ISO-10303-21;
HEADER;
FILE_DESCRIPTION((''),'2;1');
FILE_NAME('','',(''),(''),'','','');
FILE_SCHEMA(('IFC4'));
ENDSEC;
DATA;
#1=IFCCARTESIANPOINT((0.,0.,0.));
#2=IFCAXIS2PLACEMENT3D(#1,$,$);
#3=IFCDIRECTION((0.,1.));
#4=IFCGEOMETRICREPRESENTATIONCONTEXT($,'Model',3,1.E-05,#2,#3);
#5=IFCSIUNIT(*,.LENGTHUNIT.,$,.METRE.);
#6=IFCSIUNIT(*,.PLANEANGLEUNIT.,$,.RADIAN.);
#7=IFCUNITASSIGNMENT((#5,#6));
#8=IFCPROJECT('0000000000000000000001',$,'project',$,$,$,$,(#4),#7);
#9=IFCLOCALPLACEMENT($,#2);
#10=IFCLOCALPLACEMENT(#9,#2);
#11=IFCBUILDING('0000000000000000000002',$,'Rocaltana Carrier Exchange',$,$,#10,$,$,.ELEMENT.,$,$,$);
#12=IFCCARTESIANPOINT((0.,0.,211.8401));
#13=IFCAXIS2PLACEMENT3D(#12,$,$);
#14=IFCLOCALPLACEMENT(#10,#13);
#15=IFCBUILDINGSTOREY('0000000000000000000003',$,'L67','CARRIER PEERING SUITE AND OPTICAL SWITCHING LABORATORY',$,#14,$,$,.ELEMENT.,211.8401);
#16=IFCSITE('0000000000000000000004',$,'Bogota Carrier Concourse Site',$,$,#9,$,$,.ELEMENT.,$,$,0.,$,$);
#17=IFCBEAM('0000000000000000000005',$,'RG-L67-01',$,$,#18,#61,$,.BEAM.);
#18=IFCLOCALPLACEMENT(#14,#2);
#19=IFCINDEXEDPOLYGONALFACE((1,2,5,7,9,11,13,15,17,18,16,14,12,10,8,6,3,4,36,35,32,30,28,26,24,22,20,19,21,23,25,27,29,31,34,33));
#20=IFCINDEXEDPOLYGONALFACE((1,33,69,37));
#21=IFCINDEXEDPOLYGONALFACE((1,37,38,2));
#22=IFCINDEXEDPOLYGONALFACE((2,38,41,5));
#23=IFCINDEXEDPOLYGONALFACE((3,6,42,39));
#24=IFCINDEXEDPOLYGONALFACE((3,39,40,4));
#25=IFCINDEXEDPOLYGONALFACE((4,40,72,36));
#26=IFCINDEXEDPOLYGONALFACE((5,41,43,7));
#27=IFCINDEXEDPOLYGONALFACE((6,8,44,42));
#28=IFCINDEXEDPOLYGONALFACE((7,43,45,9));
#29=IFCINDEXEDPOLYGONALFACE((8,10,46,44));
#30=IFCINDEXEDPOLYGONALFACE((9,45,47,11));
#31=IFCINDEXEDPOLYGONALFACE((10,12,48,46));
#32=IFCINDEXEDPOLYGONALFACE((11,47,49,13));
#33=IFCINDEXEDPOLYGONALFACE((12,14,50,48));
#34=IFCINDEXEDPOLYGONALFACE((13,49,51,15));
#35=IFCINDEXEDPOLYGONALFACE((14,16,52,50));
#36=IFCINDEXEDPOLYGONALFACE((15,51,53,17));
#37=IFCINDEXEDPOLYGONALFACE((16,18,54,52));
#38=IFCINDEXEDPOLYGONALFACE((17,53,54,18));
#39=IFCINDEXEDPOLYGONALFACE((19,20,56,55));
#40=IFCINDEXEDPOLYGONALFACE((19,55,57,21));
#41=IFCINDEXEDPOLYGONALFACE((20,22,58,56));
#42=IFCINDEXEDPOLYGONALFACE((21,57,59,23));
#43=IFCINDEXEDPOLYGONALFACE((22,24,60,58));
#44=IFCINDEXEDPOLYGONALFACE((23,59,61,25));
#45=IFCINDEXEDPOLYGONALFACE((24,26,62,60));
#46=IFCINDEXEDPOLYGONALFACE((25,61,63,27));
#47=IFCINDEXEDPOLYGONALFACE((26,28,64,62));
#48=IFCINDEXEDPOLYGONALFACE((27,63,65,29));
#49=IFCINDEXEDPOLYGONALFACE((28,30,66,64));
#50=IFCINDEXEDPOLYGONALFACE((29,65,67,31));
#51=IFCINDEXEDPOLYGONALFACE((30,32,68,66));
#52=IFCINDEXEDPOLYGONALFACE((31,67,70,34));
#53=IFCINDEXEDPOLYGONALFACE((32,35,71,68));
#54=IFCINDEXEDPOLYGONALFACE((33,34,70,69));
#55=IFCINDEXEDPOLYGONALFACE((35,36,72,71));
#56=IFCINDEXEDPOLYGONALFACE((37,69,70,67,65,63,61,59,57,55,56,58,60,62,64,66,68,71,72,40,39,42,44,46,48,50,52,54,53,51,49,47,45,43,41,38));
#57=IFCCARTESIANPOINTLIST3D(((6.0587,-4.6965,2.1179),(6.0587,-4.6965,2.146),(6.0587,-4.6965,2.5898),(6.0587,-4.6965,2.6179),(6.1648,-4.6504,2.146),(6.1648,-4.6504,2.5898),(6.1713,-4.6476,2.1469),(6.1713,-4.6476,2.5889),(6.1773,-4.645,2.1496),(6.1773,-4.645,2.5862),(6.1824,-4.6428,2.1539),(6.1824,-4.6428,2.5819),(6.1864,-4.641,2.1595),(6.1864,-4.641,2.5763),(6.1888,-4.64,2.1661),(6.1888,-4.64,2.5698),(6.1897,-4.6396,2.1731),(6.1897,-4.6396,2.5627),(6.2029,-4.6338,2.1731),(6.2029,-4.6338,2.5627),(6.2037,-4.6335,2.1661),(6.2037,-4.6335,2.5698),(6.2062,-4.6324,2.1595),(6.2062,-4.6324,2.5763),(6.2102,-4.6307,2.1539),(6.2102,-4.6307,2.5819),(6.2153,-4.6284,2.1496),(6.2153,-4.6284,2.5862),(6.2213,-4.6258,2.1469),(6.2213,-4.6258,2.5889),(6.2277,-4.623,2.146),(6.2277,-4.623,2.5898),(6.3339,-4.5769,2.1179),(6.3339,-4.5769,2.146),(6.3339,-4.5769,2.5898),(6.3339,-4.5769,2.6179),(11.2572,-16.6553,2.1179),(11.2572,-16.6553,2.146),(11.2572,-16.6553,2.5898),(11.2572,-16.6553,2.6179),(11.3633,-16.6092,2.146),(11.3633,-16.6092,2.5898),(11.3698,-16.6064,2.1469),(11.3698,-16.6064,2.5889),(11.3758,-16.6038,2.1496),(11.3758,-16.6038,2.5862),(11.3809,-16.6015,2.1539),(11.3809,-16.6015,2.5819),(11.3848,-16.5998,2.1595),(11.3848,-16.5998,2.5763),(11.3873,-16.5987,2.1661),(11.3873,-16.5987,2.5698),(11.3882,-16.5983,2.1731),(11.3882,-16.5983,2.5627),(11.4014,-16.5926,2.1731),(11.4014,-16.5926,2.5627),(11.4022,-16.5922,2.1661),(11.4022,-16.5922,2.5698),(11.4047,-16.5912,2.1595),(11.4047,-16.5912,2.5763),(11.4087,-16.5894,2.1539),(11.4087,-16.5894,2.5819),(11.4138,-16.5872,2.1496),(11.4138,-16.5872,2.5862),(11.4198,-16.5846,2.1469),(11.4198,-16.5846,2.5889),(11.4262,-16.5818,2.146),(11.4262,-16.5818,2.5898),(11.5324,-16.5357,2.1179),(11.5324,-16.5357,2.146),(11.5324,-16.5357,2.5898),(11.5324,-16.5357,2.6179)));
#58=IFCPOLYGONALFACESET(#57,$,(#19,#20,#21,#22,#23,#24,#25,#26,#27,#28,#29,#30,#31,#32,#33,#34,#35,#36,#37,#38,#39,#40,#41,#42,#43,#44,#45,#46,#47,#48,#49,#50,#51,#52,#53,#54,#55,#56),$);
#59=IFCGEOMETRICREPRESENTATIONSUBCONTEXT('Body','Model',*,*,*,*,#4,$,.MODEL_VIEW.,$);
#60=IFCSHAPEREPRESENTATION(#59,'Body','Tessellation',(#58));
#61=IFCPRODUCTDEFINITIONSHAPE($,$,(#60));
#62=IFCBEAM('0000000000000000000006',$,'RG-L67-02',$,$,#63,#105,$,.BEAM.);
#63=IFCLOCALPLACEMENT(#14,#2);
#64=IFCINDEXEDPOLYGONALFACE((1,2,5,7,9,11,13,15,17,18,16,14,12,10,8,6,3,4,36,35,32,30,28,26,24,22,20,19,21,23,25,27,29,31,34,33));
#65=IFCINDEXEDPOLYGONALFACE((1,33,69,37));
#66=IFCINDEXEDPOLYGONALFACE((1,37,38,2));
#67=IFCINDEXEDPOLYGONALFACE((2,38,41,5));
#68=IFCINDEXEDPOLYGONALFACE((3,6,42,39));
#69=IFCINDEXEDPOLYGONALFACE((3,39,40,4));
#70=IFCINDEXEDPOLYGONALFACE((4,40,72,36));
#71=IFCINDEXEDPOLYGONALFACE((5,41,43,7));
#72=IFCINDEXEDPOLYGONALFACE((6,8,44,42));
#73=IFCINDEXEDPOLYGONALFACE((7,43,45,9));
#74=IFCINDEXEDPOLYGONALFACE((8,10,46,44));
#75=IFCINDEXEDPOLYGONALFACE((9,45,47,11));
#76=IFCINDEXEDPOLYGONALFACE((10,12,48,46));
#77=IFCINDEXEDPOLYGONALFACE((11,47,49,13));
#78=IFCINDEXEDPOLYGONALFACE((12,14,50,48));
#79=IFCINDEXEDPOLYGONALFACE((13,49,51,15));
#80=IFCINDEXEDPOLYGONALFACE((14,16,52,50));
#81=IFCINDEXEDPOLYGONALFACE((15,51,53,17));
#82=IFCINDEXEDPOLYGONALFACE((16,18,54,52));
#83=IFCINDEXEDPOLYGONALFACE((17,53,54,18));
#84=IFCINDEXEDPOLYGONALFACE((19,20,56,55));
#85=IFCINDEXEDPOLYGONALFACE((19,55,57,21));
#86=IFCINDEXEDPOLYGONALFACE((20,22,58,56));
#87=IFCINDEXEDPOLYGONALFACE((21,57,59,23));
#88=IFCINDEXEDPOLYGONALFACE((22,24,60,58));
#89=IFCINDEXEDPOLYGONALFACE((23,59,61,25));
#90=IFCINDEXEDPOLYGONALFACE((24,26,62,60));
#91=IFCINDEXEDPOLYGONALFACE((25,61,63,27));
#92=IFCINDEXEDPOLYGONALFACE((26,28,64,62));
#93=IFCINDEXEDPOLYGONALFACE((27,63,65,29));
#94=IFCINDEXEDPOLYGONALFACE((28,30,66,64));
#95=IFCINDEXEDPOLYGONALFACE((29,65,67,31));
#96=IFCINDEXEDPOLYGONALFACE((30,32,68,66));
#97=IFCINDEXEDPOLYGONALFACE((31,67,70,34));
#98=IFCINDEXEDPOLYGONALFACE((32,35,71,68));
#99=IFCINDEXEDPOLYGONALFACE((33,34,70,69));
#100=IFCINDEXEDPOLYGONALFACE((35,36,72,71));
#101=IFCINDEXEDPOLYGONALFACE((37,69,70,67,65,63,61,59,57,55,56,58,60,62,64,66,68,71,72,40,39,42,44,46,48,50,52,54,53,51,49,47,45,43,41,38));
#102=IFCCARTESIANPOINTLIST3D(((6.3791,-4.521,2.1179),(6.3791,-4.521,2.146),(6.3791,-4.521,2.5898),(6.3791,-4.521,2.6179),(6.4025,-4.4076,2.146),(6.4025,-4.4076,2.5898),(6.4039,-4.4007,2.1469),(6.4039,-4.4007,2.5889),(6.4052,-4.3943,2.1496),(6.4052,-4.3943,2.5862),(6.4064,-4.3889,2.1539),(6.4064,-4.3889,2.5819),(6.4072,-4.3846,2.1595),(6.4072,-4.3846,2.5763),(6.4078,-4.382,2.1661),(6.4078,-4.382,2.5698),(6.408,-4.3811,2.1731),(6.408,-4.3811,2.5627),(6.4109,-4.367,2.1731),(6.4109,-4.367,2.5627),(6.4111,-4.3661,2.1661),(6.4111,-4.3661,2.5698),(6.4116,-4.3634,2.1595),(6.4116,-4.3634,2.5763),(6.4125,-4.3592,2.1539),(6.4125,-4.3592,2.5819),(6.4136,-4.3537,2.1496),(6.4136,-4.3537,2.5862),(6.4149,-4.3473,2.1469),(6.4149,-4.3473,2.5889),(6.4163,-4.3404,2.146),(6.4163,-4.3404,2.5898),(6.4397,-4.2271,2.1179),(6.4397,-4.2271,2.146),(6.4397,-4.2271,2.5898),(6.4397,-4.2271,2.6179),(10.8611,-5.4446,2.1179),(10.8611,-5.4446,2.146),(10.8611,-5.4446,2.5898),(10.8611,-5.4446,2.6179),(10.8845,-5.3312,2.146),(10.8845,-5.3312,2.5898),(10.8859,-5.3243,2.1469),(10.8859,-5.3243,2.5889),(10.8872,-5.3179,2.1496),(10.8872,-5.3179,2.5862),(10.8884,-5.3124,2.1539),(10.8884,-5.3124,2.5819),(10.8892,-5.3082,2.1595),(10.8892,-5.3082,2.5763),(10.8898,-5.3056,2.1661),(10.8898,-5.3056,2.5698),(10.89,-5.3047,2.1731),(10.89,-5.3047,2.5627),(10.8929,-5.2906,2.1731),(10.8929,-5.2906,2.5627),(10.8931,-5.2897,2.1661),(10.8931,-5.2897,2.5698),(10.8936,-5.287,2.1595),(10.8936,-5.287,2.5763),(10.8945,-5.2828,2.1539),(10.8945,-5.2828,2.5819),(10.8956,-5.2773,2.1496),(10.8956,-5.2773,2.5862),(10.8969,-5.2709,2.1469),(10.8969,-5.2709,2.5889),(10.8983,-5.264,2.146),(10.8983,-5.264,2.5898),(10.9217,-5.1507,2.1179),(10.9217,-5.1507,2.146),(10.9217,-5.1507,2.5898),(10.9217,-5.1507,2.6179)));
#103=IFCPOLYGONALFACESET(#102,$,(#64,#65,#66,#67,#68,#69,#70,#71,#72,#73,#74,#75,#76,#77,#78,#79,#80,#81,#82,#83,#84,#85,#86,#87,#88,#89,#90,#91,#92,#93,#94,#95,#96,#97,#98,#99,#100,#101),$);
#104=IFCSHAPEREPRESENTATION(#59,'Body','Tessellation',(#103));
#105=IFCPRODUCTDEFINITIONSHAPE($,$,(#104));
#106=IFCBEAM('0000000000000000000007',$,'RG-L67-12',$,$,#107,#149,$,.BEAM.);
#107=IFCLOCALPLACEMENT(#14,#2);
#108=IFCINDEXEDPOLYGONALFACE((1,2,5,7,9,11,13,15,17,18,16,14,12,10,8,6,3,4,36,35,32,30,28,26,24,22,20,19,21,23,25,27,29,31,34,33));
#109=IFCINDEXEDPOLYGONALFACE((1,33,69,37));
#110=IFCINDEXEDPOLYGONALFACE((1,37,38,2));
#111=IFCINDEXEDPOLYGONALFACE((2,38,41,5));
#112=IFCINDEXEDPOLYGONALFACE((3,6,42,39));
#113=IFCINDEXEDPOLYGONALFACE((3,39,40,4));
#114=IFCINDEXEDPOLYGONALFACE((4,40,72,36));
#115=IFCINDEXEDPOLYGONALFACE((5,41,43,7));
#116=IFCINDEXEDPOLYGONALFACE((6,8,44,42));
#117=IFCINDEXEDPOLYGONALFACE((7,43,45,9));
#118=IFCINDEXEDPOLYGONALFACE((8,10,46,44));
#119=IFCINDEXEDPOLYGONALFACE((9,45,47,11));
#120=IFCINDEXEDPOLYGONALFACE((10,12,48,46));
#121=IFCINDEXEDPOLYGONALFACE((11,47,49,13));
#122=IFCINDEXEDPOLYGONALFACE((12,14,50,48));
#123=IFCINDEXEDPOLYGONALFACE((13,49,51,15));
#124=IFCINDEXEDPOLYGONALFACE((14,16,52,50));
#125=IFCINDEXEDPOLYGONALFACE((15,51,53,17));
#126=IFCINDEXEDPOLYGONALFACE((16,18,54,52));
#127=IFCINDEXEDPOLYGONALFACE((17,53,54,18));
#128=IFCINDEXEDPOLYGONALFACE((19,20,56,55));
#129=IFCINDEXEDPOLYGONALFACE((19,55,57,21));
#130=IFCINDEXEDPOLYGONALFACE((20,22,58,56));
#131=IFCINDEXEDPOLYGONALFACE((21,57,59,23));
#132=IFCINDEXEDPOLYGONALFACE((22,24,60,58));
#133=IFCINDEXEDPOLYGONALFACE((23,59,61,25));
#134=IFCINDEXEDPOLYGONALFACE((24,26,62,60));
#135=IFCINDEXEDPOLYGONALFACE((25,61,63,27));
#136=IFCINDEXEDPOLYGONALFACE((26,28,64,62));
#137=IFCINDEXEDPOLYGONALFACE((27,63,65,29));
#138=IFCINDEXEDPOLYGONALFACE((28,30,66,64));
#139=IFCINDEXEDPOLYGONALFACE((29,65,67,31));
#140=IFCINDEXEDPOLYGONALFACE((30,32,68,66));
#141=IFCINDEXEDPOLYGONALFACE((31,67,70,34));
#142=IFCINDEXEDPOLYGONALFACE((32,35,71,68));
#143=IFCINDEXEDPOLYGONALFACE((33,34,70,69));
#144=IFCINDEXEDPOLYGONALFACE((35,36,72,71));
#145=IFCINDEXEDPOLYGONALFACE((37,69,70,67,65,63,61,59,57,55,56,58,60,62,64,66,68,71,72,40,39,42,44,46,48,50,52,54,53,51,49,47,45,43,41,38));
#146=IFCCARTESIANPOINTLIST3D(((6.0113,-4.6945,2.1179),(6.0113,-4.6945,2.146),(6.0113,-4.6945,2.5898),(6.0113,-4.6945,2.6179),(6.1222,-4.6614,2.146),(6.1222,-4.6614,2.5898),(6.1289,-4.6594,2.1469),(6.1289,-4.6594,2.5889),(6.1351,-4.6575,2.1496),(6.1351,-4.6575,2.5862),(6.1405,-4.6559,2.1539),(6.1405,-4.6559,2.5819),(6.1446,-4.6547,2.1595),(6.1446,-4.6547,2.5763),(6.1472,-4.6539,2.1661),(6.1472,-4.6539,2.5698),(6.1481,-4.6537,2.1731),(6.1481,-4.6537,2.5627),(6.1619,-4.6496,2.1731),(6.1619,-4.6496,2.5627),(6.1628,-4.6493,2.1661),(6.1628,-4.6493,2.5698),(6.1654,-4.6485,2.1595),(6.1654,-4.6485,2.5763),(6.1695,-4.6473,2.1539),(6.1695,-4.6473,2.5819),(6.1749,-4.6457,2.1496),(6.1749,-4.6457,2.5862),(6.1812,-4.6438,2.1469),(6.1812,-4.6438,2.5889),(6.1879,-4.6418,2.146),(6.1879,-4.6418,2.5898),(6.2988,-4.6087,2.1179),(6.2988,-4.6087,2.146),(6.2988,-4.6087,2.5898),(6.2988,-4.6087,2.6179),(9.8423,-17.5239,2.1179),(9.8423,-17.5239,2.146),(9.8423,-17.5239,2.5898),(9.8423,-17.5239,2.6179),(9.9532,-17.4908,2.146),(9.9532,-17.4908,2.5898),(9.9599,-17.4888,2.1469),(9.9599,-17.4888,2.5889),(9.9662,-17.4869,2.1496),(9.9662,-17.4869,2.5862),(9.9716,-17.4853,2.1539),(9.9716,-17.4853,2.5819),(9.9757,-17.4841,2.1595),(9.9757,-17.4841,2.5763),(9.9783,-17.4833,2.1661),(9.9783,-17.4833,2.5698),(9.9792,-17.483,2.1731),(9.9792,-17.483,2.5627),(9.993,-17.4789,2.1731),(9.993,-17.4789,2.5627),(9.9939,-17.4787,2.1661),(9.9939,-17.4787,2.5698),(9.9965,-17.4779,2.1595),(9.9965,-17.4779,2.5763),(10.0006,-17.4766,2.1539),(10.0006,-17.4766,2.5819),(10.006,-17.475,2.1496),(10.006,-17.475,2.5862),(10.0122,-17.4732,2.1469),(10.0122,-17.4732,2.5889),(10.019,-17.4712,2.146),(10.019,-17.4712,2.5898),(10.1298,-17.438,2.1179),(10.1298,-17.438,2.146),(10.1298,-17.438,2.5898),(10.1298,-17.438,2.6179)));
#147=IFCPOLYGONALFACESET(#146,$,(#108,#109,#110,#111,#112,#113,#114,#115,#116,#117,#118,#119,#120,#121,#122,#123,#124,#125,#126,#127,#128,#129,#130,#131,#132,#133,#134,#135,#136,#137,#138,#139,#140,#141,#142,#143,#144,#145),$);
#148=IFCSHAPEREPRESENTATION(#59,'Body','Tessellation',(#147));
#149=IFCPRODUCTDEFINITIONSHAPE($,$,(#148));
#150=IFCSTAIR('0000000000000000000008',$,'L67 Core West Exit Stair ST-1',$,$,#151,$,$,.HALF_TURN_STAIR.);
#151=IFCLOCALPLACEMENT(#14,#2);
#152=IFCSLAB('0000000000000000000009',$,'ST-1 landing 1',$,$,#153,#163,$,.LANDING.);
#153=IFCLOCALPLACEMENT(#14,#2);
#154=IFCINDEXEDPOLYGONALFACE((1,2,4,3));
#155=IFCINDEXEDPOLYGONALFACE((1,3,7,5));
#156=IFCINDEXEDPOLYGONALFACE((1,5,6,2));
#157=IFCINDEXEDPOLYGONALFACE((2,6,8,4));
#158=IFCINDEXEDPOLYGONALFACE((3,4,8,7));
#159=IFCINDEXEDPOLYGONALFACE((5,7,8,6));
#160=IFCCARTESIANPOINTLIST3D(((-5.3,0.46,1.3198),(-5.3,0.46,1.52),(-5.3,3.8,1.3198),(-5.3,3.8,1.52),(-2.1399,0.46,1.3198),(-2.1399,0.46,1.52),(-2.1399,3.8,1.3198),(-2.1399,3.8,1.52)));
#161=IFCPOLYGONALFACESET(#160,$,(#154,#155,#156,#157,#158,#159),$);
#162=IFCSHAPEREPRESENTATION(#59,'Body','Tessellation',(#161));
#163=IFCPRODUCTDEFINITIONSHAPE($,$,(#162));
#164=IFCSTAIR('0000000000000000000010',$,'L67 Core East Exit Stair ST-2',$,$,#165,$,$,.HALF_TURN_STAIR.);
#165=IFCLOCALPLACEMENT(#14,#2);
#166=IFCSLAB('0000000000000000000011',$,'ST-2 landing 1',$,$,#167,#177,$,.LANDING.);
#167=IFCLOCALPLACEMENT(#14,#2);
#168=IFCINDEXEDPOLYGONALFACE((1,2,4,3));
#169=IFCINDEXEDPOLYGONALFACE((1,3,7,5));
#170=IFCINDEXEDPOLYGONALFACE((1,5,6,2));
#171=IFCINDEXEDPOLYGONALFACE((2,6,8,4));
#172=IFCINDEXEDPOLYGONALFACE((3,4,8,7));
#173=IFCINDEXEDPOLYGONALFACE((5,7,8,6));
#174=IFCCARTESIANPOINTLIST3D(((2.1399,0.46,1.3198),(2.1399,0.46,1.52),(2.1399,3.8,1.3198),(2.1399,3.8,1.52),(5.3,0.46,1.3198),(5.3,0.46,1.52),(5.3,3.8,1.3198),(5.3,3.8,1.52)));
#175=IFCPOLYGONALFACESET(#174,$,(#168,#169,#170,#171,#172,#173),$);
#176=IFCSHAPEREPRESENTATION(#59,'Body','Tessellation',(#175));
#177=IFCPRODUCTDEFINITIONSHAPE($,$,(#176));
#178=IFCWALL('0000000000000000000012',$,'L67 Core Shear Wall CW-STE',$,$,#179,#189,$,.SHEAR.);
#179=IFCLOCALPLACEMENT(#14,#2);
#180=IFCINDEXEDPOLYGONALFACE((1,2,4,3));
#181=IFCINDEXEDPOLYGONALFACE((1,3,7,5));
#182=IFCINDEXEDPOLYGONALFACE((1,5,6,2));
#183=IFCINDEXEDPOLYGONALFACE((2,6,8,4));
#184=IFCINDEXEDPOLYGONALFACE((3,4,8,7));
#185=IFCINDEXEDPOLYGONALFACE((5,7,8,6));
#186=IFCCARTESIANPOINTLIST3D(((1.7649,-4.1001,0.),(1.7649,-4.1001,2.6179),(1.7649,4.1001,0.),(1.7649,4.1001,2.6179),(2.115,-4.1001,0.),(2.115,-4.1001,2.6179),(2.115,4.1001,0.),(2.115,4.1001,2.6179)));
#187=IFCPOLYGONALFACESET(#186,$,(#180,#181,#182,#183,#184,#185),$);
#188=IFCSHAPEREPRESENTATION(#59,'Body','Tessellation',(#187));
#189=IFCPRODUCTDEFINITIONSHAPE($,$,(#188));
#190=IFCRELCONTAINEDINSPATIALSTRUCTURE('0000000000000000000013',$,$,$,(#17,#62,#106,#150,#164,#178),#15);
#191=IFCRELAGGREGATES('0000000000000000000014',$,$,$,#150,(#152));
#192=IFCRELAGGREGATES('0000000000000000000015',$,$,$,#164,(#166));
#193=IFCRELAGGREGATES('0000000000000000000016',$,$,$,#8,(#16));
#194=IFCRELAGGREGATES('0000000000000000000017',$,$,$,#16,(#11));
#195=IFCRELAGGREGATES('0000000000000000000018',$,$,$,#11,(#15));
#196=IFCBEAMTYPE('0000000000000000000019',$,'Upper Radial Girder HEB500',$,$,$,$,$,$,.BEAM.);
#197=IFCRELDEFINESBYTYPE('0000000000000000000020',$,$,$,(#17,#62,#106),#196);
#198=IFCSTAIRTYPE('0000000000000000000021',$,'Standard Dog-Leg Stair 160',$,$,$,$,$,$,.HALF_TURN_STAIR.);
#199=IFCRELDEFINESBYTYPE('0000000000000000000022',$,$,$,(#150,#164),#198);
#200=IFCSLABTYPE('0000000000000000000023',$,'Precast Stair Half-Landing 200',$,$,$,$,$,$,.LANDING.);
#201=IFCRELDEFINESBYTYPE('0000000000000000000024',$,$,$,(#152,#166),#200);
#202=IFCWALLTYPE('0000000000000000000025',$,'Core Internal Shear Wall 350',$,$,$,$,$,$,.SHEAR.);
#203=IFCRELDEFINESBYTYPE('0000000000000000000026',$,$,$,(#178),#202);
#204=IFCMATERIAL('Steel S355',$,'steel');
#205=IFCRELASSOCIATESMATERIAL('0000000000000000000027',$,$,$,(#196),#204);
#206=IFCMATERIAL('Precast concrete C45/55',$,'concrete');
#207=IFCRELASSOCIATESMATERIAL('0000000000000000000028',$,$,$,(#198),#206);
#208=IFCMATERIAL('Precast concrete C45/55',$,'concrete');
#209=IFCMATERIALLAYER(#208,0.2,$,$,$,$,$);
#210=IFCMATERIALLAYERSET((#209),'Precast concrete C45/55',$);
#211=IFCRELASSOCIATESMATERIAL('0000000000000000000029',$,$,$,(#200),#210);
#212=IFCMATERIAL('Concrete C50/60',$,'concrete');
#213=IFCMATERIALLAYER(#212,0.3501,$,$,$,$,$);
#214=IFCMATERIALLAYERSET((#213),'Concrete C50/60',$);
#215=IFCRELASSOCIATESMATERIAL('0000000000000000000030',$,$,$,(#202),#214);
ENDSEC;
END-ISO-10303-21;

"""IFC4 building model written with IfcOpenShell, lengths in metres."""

from ifc_helpers import new_model, si_unit, direction, frame, frame_2d, origin, origin_2d, place, context, subcontext, project, spatial, polyline, rectangle, i_section, outline, extrude, material, layer, layer_set, material_profile, profile_set, type_object, element, aggregate, save


model = new_model("IFC4")

# Units and contexts
model_context = context("Model", 3, precision=1e-05, world=origin(), true_north=direction((0.0, 1.0)))
body_context = subcontext(model_context, "Body", "Model", "MODEL_VIEW")
ifc_project = project(units=[si_unit("LENGTHUNIT", "METRE"), si_unit("PLANEANGLEUNIT", "RADIAN")], contexts=[model_context])

# Site, building, storey
site_placement = place(None, origin())
site = spatial("IfcSite", under=ifc_project, at=site_placement, Name="Bogota Carrier Concourse Site", CompositionType="ELEMENT", RefElevation=0.0)
building_placement = place(site_placement, origin())
building = spatial("IfcBuilding", under=site, at=building_placement, Name="Rocaltana Carrier Exchange", CompositionType="ELEMENT")
storey_placement = place(building_placement, frame((0.0, 0.0, 211.8401)))
storey = spatial("IfcBuildingStorey", under=building, at=storey_placement, Name="L67", Description="CARRIER PEERING SUITE AND OPTICAL SWITCHING LABORATORY", CompositionType="ELEMENT", Elevation=211.8401)

# Beams
ifc_material_1 = material(Name="Steel S355", Category="steel")
ifc_material_profile_1 = material_profile(ifc_material_1, i_section(OverallWidth=0.3, OverallDepth=0.5, WebThickness=0.0144, FlangeThickness=0.0281, FilletRadius=0.0271, at=origin_2d()), Name="HEB500")
ifc_profile_set_1 = profile_set([ifc_material_profile_1], Name="Steel S355")
beam_type_1 = type_object("IfcBeamType", Name="Upper Radial Girder HEB500", PredefinedType="BEAM", material=ifc_profile_set_1)
beam_1_placement = place(storey_placement, frame((6.1963, -4.6367, 2.3679), z_axis=(0.398664, -0.917097, 0.0), x_axis=(0.917097, 0.398664, 0.0)))
element("IfcBeam", 1, at=beam_1_placement, inside=storey, type_object=beam_type_1, Name="RG-L67-01", PredefinedType="BEAM", context=body_context, shape_type="SweptSolid", body=[
    extrude(i_section(OverallWidth=0.3, OverallDepth=0.5, WebThickness=0.0144, FlangeThickness=0.0281, FilletRadius=0.0271, at=origin_2d()), origin(), (0.0, 0.0, 1.0), 13.0398),
])
beam_2_placement = place(storey_placement, frame((6.4094, -4.374, 2.3679), z_axis=(0.979421, -0.201828, 0.0), x_axis=(0.201828, 0.979421, 0.0)))
element("IfcBeam", 2, at=beam_2_placement, inside=storey, type_object=beam_type_1, Name="RG-L67-02", PredefinedType="BEAM", context=body_context, shape_type="SweptSolid", body=[
    extrude(i_section(OverallWidth=0.3, OverallDepth=0.5, WebThickness=0.0144, FlangeThickness=0.0281, FilletRadius=0.0271, at=origin_2d()), origin(), (0.0, 0.0, 1.0), 4.5762),
])
beam_3_placement = place(storey_placement, frame((6.155, -4.6516, 2.3679), z_axis=(0.286131, -0.95819, 0.0), x_axis=(0.95819, 0.286131, 0.0)))
element("IfcBeam", 3, at=beam_3_placement, inside=storey, type_object=beam_type_1, Name="RG-L67-12", PredefinedType="BEAM", context=body_context, shape_type="SweptSolid", body=[
    extrude(i_section(OverallWidth=0.3, OverallDepth=0.5, WebThickness=0.0144, FlangeThickness=0.0281, FilletRadius=0.0271, at=origin_2d()), origin(), (0.0, 0.0, 1.0), 13.3892),
])

# Stairs, slabs
ifc_material_2 = material(Name="Precast concrete C45/55", Category="concrete")
stair_type = type_object("IfcStairType", Name="Standard Dog-Leg Stair 160", PredefinedType="HALF_TURN_STAIR", material=ifc_material_2)
stair_1_placement = place(storey_placement, origin())
stair_1 = element("IfcStair", 4, at=stair_1_placement, inside=storey, type_object=stair_type, Name="L67 Core West Exit Stair ST-1", PredefinedType="HALF_TURN_STAIR")
ifc_material_3 = material(Name="Precast concrete C45/55", Category="concrete")
ifc_layer_1 = layer(ifc_material_3, 0.2)
ifc_layer_set_1 = layer_set([ifc_layer_1], Name="Precast concrete C45/55")
slab_type = type_object("IfcSlabType", Name="Precast Stair Half-Landing 200", PredefinedType="LANDING", material=ifc_layer_set_1)
slab_1_placement = place(storey_placement, frame((0.0, 0.0, 1.3198)))
slab_1 = element("IfcSlab", 5, at=slab_1_placement, type_object=slab_type, Name="ST-1 landing 1", PredefinedType="LANDING", context=body_context, shape_type="SweptSolid", body=[
    extrude(outline(polyline([(-2.1399, 0.46), (-2.1399, 3.8), (-5.3, 3.8), (-5.3, 0.46), (-2.1399, 0.46)])), origin(), (0.0, 0.0, 1.0), 0.2002),
])
aggregate(stair_1, [slab_1])
stair_2_placement = place(storey_placement, origin())
stair_2 = element("IfcStair", 6, at=stair_2_placement, inside=storey, type_object=stair_type, Name="L67 Core East Exit Stair ST-2", PredefinedType="HALF_TURN_STAIR")
slab_2_placement = place(storey_placement, frame((0.0, 0.0, 1.3198)))
slab_2 = element("IfcSlab", 7, at=slab_2_placement, type_object=slab_type, Name="ST-2 landing 1", PredefinedType="LANDING", context=body_context, shape_type="SweptSolid", body=[
    extrude(outline(polyline([(5.3, 0.46), (5.3, 3.8), (2.1399, 3.8), (2.1399, 0.46), (5.3, 0.46)])), origin(), (0.0, 0.0, 1.0), 0.2002),
])

# Wall
ifc_material_4 = material(Name="Concrete C50/60", Category="concrete")
ifc_layer_2 = layer(ifc_material_4, 0.3501)
ifc_layer_set_2 = layer_set([ifc_layer_2], Name="Concrete C50/60")
wall_type_1 = type_object("IfcWallType", Name="Core Internal Shear Wall 350", PredefinedType="SHEAR", material=ifc_layer_set_2)
wall_1_placement = place(storey_placement, frame((1.9399, -4.1001, 0.0), z_axis=(0.0, 0.0, 1.0), x_axis=(0.0, 1.0, 0.0)))
element("IfcWall", 8, at=wall_1_placement, inside=storey, type_object=wall_type_1, Name="L67 Core Shear Wall CW-STE", PredefinedType="SHEAR", context=body_context, shape_type="SweptSolid", body=[
    extrude(rectangle(XDim=8.2002, YDim=0.3501, at=frame_2d((4.1001, 0.0))), origin(), (0.0, 0.0, 1.0), 2.6179),
])

aggregate(stair_2, [slab_2])

save(model, "model.ifc")
